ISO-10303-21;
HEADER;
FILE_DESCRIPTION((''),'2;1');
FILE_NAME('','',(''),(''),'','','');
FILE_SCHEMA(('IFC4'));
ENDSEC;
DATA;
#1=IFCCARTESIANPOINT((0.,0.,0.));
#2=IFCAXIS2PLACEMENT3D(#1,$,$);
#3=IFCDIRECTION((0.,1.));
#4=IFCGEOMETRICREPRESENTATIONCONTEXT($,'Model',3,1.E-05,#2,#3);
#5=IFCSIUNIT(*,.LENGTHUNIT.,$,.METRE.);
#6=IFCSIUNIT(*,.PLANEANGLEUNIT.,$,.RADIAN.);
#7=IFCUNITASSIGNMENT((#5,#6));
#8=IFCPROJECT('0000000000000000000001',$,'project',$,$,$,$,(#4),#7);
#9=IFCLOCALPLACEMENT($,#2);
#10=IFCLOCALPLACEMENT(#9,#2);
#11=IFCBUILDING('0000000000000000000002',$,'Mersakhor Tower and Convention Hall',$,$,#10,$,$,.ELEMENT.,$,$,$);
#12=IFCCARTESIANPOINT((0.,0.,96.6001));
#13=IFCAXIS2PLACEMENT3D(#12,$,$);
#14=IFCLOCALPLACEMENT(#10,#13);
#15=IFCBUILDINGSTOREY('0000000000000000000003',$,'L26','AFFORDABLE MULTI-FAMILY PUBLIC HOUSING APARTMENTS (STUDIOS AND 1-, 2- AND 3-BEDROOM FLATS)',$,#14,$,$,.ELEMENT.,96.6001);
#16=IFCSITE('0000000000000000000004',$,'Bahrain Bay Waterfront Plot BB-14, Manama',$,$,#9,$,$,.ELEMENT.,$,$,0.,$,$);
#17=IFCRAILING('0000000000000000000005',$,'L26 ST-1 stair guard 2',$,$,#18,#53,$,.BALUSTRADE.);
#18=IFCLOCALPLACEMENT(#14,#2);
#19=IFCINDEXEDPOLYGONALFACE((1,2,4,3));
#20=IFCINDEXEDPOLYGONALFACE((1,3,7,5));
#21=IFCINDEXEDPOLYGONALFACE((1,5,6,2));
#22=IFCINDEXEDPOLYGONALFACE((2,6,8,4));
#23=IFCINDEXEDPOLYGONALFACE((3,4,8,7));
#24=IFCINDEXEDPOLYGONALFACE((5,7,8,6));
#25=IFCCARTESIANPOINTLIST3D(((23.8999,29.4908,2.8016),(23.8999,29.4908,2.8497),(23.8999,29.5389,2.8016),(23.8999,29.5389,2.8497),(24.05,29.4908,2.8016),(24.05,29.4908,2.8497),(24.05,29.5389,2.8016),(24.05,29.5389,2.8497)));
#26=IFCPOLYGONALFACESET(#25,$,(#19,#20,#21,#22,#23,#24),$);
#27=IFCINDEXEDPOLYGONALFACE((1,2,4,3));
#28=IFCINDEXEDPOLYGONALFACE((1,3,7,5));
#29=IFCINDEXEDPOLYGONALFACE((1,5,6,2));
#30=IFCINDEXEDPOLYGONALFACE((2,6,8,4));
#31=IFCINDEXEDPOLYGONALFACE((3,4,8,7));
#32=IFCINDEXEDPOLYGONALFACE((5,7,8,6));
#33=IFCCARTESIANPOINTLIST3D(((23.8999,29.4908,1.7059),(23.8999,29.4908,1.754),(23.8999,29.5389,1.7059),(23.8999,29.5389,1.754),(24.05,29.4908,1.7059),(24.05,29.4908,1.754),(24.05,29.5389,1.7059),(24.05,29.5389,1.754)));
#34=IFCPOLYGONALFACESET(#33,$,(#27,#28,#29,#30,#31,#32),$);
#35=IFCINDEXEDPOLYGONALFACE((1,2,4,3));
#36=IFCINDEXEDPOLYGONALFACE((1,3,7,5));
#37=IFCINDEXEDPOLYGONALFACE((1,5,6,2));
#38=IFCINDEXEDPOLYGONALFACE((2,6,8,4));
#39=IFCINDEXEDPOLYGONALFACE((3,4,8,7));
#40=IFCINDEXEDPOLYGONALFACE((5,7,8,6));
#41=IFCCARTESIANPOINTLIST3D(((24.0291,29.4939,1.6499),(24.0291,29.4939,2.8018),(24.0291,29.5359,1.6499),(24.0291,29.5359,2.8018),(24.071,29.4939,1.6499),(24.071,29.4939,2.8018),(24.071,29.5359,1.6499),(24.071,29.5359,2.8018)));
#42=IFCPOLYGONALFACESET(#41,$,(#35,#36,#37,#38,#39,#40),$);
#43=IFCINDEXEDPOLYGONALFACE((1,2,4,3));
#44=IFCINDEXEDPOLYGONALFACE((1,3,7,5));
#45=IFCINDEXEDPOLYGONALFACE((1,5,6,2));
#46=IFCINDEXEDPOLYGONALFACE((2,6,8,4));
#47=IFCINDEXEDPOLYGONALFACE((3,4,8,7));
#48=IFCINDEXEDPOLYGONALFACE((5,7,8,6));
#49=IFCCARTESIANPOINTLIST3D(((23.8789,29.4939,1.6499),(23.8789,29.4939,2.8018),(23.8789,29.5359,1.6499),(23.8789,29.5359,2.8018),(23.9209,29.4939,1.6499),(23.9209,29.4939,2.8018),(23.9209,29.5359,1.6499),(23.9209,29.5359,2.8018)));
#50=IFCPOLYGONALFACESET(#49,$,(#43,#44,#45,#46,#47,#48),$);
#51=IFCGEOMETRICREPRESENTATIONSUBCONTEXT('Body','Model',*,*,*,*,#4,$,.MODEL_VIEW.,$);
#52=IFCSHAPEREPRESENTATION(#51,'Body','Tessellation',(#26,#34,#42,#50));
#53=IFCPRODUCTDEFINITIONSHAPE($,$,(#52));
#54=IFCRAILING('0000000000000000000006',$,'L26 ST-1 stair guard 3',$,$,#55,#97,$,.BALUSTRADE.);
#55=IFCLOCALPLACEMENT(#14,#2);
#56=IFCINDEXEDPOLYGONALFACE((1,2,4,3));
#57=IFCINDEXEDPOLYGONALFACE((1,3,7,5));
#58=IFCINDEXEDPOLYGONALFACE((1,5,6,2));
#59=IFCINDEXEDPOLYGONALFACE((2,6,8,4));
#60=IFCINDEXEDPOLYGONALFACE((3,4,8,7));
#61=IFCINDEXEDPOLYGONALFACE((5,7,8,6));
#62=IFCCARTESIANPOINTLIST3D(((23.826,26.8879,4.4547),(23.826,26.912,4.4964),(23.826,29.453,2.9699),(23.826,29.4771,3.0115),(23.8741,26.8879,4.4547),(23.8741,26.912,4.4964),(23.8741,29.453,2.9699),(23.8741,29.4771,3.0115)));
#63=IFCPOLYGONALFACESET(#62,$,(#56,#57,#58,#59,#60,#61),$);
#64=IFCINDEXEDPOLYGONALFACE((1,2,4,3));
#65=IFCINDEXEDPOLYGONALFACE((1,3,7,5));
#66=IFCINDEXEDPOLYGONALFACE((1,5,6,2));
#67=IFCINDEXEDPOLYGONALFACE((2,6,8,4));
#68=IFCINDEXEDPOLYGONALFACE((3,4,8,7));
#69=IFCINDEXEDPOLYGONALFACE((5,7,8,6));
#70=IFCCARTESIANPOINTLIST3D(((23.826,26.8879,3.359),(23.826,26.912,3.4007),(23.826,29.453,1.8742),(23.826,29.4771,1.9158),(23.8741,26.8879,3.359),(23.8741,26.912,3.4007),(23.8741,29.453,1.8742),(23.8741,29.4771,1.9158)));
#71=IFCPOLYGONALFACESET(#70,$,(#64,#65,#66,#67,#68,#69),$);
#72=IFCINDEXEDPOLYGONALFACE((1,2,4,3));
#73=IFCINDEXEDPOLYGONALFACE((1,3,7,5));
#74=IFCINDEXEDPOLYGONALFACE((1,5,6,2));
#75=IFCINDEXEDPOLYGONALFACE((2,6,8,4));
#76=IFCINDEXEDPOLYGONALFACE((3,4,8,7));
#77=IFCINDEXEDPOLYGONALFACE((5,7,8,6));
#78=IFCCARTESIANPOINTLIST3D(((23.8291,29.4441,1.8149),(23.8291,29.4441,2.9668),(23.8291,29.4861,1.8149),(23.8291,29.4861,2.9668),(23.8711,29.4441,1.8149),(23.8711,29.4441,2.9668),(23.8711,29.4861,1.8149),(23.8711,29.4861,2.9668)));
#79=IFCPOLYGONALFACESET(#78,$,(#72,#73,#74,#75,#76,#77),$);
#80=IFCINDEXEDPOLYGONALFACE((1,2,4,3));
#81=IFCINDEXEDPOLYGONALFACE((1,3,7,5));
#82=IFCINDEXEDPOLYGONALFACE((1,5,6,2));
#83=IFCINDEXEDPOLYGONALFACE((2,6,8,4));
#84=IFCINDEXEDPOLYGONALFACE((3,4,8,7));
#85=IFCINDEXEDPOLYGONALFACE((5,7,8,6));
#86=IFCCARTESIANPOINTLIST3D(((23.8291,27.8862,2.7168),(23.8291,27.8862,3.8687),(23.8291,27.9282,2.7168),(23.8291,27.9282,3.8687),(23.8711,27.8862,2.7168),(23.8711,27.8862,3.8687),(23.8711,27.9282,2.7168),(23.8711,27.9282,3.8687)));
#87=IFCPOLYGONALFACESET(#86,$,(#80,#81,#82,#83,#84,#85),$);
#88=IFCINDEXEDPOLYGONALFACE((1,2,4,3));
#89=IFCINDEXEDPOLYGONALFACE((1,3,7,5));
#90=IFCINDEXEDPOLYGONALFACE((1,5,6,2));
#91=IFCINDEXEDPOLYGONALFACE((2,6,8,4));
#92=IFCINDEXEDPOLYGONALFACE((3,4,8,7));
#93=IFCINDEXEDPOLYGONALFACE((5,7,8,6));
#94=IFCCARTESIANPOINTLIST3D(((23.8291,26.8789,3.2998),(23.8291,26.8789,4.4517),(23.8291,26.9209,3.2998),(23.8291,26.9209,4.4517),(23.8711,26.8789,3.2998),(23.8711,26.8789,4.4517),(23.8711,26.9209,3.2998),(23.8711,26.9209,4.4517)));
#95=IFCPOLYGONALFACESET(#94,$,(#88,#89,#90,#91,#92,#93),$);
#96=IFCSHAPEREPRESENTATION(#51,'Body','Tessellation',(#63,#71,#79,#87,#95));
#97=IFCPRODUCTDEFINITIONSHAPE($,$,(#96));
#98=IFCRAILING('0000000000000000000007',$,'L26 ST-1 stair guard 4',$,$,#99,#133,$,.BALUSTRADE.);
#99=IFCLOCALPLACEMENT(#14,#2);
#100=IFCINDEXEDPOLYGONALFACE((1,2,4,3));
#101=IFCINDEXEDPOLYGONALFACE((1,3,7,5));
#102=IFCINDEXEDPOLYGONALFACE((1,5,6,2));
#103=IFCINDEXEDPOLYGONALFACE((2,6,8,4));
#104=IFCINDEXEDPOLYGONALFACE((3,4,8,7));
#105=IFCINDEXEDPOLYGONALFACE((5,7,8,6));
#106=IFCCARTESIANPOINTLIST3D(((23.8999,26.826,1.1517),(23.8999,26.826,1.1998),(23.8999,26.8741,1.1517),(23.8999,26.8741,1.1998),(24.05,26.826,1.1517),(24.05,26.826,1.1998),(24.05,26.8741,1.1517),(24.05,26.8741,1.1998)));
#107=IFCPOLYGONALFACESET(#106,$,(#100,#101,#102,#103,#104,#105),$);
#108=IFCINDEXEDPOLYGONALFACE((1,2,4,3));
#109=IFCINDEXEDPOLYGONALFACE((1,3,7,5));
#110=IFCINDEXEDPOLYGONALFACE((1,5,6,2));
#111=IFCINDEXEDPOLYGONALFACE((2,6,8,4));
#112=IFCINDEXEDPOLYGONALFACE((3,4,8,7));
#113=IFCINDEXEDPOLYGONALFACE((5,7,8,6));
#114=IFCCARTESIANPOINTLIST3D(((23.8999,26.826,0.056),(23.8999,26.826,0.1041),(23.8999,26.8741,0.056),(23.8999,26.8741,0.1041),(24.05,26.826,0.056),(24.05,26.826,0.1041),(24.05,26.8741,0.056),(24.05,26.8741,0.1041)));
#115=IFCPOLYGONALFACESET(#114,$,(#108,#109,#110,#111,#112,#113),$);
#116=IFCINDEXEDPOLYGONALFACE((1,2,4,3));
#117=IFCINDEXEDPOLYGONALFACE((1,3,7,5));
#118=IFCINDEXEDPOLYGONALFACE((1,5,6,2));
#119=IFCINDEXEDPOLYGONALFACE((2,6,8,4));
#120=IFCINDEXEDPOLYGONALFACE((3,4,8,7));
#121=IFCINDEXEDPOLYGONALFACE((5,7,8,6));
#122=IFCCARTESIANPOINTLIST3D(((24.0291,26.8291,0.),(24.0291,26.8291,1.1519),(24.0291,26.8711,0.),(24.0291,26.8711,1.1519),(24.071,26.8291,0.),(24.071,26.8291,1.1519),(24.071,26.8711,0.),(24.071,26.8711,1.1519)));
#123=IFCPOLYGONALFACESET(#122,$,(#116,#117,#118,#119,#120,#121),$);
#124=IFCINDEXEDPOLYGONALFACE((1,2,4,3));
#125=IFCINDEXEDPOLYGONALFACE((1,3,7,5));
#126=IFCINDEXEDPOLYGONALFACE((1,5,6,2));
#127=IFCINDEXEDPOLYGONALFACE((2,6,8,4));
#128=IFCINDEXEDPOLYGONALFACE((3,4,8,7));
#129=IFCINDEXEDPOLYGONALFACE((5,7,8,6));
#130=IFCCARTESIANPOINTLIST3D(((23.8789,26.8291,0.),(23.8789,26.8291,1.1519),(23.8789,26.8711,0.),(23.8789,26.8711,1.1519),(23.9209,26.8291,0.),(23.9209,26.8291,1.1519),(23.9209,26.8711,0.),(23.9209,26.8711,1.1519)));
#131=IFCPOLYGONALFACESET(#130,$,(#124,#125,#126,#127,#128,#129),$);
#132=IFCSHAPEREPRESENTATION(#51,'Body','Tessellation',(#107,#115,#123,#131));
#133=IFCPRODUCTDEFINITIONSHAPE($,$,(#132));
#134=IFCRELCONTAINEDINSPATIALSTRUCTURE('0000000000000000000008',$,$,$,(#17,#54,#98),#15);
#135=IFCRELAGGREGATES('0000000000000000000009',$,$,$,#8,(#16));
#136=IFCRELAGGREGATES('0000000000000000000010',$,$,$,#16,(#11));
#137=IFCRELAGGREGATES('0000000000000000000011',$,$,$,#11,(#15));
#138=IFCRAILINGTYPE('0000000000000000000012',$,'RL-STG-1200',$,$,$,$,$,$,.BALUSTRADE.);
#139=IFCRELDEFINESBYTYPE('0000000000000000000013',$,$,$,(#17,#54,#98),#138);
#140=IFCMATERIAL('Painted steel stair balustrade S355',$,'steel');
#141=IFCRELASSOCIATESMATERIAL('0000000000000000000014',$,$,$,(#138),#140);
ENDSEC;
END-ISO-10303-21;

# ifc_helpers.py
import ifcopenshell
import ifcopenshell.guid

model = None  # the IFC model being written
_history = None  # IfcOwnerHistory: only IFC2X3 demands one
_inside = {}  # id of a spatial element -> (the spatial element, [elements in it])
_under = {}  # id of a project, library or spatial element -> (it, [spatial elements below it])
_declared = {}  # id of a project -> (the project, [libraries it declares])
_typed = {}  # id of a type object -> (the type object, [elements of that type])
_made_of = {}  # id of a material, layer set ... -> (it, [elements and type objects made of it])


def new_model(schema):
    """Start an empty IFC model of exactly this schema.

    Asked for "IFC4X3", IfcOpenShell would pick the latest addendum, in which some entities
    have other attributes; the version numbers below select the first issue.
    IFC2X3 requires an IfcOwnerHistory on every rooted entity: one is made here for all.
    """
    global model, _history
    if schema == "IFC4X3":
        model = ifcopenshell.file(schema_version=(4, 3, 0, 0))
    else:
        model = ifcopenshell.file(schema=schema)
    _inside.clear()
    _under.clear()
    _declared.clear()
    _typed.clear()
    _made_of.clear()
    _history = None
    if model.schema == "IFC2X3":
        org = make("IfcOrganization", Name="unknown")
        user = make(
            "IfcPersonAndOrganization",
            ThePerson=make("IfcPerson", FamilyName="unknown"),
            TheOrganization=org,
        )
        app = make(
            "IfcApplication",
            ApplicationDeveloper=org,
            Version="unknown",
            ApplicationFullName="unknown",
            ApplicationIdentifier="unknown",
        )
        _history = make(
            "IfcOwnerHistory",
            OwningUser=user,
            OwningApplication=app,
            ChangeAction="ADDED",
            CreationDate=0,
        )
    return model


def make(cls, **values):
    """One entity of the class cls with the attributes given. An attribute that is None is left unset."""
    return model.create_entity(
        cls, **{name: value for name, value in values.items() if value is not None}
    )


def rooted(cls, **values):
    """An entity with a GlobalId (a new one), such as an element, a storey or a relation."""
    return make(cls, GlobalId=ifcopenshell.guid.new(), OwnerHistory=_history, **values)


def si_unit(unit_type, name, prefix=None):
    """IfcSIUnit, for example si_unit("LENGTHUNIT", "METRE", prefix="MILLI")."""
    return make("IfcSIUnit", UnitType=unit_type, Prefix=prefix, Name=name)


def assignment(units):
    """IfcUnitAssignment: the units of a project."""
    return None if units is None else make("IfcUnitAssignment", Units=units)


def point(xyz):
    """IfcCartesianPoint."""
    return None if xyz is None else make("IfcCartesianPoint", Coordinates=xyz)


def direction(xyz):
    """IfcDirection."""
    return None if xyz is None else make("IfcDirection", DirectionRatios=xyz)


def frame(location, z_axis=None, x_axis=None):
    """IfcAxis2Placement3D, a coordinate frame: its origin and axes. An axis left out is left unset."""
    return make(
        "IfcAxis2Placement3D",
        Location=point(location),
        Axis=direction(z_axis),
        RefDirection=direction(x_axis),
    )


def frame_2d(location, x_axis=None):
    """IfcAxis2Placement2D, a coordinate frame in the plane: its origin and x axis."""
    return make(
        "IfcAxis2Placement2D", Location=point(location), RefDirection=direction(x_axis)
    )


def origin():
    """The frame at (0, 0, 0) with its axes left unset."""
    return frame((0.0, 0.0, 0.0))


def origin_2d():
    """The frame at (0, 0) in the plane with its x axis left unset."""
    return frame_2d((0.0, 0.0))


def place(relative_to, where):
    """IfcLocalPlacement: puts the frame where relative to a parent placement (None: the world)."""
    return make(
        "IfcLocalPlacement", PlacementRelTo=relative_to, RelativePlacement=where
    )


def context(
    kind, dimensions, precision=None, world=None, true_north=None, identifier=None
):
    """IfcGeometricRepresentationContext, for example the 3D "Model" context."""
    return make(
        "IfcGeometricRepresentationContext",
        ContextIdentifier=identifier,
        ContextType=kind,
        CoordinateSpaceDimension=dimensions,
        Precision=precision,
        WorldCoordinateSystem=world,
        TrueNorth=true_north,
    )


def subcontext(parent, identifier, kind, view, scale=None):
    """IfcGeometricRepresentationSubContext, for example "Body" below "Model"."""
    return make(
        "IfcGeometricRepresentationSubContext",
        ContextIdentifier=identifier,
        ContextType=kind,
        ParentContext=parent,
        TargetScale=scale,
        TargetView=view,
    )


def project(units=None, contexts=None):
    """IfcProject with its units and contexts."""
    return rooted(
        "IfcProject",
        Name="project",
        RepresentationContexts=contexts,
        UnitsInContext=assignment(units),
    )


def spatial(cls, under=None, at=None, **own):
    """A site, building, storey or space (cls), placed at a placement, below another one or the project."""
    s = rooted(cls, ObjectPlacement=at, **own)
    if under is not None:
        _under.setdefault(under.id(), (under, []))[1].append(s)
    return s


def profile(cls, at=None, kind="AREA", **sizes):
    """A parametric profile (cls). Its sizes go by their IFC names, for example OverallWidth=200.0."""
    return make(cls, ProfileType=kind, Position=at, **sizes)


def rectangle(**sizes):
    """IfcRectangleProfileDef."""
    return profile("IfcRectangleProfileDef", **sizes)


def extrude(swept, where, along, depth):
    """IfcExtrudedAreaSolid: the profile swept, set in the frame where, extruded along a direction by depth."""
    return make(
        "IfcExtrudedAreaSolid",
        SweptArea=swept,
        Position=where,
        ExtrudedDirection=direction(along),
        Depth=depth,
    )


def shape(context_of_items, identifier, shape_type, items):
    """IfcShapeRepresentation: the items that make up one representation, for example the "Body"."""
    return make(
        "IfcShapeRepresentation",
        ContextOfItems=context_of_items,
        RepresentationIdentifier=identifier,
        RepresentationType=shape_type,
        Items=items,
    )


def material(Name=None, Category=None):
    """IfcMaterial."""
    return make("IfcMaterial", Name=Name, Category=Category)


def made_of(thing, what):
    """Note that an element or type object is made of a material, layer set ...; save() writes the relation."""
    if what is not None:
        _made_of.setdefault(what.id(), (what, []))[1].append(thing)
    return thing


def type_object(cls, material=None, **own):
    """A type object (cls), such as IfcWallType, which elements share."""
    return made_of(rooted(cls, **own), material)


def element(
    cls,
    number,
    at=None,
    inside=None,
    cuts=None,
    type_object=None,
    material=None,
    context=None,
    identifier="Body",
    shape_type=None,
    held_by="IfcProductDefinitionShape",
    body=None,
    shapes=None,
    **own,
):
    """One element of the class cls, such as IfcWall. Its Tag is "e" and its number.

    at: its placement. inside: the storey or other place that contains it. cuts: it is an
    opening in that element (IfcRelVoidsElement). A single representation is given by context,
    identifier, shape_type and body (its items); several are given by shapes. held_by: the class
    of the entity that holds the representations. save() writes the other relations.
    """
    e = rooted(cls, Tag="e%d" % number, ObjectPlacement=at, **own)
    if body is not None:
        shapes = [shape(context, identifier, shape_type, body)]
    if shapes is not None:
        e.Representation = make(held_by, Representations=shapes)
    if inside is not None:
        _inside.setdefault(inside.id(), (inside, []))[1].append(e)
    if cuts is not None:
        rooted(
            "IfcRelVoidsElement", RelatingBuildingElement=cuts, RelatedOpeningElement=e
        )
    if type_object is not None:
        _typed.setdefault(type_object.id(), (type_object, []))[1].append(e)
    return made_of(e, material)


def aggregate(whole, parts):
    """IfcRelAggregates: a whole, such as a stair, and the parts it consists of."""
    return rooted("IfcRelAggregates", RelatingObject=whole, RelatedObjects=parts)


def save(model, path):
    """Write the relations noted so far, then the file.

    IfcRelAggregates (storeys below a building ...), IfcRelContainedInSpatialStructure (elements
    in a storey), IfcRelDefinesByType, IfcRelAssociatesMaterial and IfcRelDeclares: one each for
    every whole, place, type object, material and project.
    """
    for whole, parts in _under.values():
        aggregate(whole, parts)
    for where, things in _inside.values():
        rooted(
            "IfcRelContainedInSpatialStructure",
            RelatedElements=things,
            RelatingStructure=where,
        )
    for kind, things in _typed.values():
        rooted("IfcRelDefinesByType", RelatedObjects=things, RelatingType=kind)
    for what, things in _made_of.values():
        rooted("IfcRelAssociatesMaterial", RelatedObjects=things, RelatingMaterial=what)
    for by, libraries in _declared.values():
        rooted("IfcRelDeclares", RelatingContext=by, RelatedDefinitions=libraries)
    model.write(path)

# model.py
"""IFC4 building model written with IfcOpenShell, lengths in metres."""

from ifc_helpers import new_model, si_unit, direction, frame, origin, origin_2d, place, context, subcontext, project, spatial, rectangle, extrude, material, type_object, element, save


model = new_model("IFC4")

# Units and contexts
model_context = context("Model", 3, precision=1e-05, world=origin(), true_north=direction((0.0, 1.0)))
body_context = subcontext(model_context, "Body", "Model", "MODEL_VIEW")
ifc_project = project(units=[si_unit("LENGTHUNIT", "METRE"), si_unit("PLANEANGLEUNIT", "RADIAN")], contexts=[model_context])

# Site, building, storey
site_placement = place(None, origin())
site = spatial("IfcSite", under=ifc_project, at=site_placement, Name="Bahrain Bay Waterfront Plot BB-14, Manama", CompositionType="ELEMENT", RefElevation=0.0)
building_placement = place(site_placement, origin())
building = spatial("IfcBuilding", under=site, at=building_placement, Name="Mersakhor Tower and Convention Hall", CompositionType="ELEMENT")
storey_placement = place(building_placement, frame((0.0, 0.0, 96.6001)))
storey = spatial("IfcBuildingStorey", under=building, at=storey_placement, Name="L26", Description="AFFORDABLE MULTI-FAMILY PUBLIC HOUSING APARTMENTS (STUDIOS AND 1-, 2- AND 3-BEDROOM FLATS)", CompositionType="ELEMENT", Elevation=96.6001)

# Railings
ifc_material_1 = material(Name="Painted steel stair balustrade S355", Category="steel")
railing_type_1 = type_object("IfcRailingType", Name="RL-STG-1200", PredefinedType="BALUSTRADE", material=ifc_material_1)
railing_1_placement = place(storey_placement, frame((24.05, 29.5149, 1.6499)))
element("IfcRailing", 1, at=railing_1_placement, inside=storey, type_object=railing_type_1, Name="L26 ST-1 stair guard 2", PredefinedType="BALUSTRADE", context=body_context, shape_type="SweptSolid", body=[
    extrude(rectangle(XDim=0.0481, YDim=0.0481, at=origin_2d()), frame((0.0, 0.0, 1.1758), z_axis=(-1.0, 0.0, 0.0), x_axis=(0.0, -1.0, 0.0)), (0.0, 0.0, 1.0), 0.1501),
    extrude(rectangle(XDim=0.0481, YDim=0.0481, at=origin_2d()), frame((0.0, 0.0, 0.0801), z_axis=(-1.0, 0.0, 0.0), x_axis=(0.0, -1.0, 0.0)), (0.0, 0.0, 1.0), 0.1501),
    extrude(rectangle(XDim=0.042, YDim=0.042, at=origin_2d()), origin(), (0.0, 0.0, 1.0), 1.1519),
    extrude(rectangle(XDim=0.042, YDim=0.042, at=origin_2d()), frame((-0.1501, 0.0, 0.0)), (0.0, 0.0, 1.0), 1.1519),
])
railing_2_placement = place(storey_placement, frame((23.8501, 29.4651, 1.8149)))
element("IfcRailing", 2, at=railing_2_placement, inside=storey, type_object=railing_type_1, Name="L26 ST-1 stair guard 3", PredefinedType="BALUSTRADE", context=body_context, shape_type="SweptSolid", body=[
    extrude(rectangle(XDim=0.0481, YDim=0.0481, at=origin_2d()), frame((0.0, 0.0, 1.1758), z_axis=(0.0, -0.865462, 0.500975), x_axis=(1.0, 0.0, 0.0)), (0.0, 0.0, 1.0), 2.9639),
    extrude(rectangle(XDim=0.0481, YDim=0.0481, at=origin_2d()), frame((0.0, 0.0, 0.0801), z_axis=(0.0, -0.865462, 0.500975), x_axis=(1.0, 0.0, 0.0)), (0.0, 0.0, 1.0), 2.9639),
    extrude(rectangle(XDim=0.042, YDim=0.042, at=origin_2d()), origin(), (0.0, 0.0, 1.0), 1.1519),
    extrude(rectangle(XDim=0.042, YDim=0.042, at=origin_2d()), frame((0.0, -1.5579, 0.9019)), (0.0, 0.0, 1.0), 1.1519),
    extrude(rectangle(XDim=0.042, YDim=0.042, at=origin_2d()), frame((0.0, -2.5652, 1.4849)), (0.0, 0.0, 1.0), 1.1519),
])
railing_3_placement = place(storey_placement, frame((24.05, 26.8501, 0.0)))
element("IfcRailing", 3, at=railing_3_placement, inside=storey, type_object=railing_type_1, Name="L26 ST-1 stair guard 4", PredefinedType="BALUSTRADE", context=body_context, shape_type="SweptSolid", body=[
    extrude(rectangle(XDim=0.0481, YDim=0.0481, at=origin_2d()), frame((0.0, 0.0, 1.1758), z_axis=(-1.0, 0.0, 0.0), x_axis=(0.0, -1.0, 0.0)), (0.0, 0.0, 1.0), 0.1501),
    extrude(rectangle(XDim=0.0481, YDim=0.0481, at=origin_2d()), frame((0.0, 0.0, 0.0801), z_axis=(-1.0, 0.0, 0.0), x_axis=(0.0, -1.0, 0.0)), (0.0, 0.0, 1.0), 0.1501),
    extrude(rectangle(XDim=0.042, YDim=0.042, at=origin_2d()), origin(), (0.0, 0.0, 1.0), 1.1519),
    extrude(rectangle(XDim=0.042, YDim=0.042, at=origin_2d()), frame((-0.1501, 0.0, 0.0)), (0.0, 0.0, 1.0), 1.1519),
])

save(model, "model.ifc")
